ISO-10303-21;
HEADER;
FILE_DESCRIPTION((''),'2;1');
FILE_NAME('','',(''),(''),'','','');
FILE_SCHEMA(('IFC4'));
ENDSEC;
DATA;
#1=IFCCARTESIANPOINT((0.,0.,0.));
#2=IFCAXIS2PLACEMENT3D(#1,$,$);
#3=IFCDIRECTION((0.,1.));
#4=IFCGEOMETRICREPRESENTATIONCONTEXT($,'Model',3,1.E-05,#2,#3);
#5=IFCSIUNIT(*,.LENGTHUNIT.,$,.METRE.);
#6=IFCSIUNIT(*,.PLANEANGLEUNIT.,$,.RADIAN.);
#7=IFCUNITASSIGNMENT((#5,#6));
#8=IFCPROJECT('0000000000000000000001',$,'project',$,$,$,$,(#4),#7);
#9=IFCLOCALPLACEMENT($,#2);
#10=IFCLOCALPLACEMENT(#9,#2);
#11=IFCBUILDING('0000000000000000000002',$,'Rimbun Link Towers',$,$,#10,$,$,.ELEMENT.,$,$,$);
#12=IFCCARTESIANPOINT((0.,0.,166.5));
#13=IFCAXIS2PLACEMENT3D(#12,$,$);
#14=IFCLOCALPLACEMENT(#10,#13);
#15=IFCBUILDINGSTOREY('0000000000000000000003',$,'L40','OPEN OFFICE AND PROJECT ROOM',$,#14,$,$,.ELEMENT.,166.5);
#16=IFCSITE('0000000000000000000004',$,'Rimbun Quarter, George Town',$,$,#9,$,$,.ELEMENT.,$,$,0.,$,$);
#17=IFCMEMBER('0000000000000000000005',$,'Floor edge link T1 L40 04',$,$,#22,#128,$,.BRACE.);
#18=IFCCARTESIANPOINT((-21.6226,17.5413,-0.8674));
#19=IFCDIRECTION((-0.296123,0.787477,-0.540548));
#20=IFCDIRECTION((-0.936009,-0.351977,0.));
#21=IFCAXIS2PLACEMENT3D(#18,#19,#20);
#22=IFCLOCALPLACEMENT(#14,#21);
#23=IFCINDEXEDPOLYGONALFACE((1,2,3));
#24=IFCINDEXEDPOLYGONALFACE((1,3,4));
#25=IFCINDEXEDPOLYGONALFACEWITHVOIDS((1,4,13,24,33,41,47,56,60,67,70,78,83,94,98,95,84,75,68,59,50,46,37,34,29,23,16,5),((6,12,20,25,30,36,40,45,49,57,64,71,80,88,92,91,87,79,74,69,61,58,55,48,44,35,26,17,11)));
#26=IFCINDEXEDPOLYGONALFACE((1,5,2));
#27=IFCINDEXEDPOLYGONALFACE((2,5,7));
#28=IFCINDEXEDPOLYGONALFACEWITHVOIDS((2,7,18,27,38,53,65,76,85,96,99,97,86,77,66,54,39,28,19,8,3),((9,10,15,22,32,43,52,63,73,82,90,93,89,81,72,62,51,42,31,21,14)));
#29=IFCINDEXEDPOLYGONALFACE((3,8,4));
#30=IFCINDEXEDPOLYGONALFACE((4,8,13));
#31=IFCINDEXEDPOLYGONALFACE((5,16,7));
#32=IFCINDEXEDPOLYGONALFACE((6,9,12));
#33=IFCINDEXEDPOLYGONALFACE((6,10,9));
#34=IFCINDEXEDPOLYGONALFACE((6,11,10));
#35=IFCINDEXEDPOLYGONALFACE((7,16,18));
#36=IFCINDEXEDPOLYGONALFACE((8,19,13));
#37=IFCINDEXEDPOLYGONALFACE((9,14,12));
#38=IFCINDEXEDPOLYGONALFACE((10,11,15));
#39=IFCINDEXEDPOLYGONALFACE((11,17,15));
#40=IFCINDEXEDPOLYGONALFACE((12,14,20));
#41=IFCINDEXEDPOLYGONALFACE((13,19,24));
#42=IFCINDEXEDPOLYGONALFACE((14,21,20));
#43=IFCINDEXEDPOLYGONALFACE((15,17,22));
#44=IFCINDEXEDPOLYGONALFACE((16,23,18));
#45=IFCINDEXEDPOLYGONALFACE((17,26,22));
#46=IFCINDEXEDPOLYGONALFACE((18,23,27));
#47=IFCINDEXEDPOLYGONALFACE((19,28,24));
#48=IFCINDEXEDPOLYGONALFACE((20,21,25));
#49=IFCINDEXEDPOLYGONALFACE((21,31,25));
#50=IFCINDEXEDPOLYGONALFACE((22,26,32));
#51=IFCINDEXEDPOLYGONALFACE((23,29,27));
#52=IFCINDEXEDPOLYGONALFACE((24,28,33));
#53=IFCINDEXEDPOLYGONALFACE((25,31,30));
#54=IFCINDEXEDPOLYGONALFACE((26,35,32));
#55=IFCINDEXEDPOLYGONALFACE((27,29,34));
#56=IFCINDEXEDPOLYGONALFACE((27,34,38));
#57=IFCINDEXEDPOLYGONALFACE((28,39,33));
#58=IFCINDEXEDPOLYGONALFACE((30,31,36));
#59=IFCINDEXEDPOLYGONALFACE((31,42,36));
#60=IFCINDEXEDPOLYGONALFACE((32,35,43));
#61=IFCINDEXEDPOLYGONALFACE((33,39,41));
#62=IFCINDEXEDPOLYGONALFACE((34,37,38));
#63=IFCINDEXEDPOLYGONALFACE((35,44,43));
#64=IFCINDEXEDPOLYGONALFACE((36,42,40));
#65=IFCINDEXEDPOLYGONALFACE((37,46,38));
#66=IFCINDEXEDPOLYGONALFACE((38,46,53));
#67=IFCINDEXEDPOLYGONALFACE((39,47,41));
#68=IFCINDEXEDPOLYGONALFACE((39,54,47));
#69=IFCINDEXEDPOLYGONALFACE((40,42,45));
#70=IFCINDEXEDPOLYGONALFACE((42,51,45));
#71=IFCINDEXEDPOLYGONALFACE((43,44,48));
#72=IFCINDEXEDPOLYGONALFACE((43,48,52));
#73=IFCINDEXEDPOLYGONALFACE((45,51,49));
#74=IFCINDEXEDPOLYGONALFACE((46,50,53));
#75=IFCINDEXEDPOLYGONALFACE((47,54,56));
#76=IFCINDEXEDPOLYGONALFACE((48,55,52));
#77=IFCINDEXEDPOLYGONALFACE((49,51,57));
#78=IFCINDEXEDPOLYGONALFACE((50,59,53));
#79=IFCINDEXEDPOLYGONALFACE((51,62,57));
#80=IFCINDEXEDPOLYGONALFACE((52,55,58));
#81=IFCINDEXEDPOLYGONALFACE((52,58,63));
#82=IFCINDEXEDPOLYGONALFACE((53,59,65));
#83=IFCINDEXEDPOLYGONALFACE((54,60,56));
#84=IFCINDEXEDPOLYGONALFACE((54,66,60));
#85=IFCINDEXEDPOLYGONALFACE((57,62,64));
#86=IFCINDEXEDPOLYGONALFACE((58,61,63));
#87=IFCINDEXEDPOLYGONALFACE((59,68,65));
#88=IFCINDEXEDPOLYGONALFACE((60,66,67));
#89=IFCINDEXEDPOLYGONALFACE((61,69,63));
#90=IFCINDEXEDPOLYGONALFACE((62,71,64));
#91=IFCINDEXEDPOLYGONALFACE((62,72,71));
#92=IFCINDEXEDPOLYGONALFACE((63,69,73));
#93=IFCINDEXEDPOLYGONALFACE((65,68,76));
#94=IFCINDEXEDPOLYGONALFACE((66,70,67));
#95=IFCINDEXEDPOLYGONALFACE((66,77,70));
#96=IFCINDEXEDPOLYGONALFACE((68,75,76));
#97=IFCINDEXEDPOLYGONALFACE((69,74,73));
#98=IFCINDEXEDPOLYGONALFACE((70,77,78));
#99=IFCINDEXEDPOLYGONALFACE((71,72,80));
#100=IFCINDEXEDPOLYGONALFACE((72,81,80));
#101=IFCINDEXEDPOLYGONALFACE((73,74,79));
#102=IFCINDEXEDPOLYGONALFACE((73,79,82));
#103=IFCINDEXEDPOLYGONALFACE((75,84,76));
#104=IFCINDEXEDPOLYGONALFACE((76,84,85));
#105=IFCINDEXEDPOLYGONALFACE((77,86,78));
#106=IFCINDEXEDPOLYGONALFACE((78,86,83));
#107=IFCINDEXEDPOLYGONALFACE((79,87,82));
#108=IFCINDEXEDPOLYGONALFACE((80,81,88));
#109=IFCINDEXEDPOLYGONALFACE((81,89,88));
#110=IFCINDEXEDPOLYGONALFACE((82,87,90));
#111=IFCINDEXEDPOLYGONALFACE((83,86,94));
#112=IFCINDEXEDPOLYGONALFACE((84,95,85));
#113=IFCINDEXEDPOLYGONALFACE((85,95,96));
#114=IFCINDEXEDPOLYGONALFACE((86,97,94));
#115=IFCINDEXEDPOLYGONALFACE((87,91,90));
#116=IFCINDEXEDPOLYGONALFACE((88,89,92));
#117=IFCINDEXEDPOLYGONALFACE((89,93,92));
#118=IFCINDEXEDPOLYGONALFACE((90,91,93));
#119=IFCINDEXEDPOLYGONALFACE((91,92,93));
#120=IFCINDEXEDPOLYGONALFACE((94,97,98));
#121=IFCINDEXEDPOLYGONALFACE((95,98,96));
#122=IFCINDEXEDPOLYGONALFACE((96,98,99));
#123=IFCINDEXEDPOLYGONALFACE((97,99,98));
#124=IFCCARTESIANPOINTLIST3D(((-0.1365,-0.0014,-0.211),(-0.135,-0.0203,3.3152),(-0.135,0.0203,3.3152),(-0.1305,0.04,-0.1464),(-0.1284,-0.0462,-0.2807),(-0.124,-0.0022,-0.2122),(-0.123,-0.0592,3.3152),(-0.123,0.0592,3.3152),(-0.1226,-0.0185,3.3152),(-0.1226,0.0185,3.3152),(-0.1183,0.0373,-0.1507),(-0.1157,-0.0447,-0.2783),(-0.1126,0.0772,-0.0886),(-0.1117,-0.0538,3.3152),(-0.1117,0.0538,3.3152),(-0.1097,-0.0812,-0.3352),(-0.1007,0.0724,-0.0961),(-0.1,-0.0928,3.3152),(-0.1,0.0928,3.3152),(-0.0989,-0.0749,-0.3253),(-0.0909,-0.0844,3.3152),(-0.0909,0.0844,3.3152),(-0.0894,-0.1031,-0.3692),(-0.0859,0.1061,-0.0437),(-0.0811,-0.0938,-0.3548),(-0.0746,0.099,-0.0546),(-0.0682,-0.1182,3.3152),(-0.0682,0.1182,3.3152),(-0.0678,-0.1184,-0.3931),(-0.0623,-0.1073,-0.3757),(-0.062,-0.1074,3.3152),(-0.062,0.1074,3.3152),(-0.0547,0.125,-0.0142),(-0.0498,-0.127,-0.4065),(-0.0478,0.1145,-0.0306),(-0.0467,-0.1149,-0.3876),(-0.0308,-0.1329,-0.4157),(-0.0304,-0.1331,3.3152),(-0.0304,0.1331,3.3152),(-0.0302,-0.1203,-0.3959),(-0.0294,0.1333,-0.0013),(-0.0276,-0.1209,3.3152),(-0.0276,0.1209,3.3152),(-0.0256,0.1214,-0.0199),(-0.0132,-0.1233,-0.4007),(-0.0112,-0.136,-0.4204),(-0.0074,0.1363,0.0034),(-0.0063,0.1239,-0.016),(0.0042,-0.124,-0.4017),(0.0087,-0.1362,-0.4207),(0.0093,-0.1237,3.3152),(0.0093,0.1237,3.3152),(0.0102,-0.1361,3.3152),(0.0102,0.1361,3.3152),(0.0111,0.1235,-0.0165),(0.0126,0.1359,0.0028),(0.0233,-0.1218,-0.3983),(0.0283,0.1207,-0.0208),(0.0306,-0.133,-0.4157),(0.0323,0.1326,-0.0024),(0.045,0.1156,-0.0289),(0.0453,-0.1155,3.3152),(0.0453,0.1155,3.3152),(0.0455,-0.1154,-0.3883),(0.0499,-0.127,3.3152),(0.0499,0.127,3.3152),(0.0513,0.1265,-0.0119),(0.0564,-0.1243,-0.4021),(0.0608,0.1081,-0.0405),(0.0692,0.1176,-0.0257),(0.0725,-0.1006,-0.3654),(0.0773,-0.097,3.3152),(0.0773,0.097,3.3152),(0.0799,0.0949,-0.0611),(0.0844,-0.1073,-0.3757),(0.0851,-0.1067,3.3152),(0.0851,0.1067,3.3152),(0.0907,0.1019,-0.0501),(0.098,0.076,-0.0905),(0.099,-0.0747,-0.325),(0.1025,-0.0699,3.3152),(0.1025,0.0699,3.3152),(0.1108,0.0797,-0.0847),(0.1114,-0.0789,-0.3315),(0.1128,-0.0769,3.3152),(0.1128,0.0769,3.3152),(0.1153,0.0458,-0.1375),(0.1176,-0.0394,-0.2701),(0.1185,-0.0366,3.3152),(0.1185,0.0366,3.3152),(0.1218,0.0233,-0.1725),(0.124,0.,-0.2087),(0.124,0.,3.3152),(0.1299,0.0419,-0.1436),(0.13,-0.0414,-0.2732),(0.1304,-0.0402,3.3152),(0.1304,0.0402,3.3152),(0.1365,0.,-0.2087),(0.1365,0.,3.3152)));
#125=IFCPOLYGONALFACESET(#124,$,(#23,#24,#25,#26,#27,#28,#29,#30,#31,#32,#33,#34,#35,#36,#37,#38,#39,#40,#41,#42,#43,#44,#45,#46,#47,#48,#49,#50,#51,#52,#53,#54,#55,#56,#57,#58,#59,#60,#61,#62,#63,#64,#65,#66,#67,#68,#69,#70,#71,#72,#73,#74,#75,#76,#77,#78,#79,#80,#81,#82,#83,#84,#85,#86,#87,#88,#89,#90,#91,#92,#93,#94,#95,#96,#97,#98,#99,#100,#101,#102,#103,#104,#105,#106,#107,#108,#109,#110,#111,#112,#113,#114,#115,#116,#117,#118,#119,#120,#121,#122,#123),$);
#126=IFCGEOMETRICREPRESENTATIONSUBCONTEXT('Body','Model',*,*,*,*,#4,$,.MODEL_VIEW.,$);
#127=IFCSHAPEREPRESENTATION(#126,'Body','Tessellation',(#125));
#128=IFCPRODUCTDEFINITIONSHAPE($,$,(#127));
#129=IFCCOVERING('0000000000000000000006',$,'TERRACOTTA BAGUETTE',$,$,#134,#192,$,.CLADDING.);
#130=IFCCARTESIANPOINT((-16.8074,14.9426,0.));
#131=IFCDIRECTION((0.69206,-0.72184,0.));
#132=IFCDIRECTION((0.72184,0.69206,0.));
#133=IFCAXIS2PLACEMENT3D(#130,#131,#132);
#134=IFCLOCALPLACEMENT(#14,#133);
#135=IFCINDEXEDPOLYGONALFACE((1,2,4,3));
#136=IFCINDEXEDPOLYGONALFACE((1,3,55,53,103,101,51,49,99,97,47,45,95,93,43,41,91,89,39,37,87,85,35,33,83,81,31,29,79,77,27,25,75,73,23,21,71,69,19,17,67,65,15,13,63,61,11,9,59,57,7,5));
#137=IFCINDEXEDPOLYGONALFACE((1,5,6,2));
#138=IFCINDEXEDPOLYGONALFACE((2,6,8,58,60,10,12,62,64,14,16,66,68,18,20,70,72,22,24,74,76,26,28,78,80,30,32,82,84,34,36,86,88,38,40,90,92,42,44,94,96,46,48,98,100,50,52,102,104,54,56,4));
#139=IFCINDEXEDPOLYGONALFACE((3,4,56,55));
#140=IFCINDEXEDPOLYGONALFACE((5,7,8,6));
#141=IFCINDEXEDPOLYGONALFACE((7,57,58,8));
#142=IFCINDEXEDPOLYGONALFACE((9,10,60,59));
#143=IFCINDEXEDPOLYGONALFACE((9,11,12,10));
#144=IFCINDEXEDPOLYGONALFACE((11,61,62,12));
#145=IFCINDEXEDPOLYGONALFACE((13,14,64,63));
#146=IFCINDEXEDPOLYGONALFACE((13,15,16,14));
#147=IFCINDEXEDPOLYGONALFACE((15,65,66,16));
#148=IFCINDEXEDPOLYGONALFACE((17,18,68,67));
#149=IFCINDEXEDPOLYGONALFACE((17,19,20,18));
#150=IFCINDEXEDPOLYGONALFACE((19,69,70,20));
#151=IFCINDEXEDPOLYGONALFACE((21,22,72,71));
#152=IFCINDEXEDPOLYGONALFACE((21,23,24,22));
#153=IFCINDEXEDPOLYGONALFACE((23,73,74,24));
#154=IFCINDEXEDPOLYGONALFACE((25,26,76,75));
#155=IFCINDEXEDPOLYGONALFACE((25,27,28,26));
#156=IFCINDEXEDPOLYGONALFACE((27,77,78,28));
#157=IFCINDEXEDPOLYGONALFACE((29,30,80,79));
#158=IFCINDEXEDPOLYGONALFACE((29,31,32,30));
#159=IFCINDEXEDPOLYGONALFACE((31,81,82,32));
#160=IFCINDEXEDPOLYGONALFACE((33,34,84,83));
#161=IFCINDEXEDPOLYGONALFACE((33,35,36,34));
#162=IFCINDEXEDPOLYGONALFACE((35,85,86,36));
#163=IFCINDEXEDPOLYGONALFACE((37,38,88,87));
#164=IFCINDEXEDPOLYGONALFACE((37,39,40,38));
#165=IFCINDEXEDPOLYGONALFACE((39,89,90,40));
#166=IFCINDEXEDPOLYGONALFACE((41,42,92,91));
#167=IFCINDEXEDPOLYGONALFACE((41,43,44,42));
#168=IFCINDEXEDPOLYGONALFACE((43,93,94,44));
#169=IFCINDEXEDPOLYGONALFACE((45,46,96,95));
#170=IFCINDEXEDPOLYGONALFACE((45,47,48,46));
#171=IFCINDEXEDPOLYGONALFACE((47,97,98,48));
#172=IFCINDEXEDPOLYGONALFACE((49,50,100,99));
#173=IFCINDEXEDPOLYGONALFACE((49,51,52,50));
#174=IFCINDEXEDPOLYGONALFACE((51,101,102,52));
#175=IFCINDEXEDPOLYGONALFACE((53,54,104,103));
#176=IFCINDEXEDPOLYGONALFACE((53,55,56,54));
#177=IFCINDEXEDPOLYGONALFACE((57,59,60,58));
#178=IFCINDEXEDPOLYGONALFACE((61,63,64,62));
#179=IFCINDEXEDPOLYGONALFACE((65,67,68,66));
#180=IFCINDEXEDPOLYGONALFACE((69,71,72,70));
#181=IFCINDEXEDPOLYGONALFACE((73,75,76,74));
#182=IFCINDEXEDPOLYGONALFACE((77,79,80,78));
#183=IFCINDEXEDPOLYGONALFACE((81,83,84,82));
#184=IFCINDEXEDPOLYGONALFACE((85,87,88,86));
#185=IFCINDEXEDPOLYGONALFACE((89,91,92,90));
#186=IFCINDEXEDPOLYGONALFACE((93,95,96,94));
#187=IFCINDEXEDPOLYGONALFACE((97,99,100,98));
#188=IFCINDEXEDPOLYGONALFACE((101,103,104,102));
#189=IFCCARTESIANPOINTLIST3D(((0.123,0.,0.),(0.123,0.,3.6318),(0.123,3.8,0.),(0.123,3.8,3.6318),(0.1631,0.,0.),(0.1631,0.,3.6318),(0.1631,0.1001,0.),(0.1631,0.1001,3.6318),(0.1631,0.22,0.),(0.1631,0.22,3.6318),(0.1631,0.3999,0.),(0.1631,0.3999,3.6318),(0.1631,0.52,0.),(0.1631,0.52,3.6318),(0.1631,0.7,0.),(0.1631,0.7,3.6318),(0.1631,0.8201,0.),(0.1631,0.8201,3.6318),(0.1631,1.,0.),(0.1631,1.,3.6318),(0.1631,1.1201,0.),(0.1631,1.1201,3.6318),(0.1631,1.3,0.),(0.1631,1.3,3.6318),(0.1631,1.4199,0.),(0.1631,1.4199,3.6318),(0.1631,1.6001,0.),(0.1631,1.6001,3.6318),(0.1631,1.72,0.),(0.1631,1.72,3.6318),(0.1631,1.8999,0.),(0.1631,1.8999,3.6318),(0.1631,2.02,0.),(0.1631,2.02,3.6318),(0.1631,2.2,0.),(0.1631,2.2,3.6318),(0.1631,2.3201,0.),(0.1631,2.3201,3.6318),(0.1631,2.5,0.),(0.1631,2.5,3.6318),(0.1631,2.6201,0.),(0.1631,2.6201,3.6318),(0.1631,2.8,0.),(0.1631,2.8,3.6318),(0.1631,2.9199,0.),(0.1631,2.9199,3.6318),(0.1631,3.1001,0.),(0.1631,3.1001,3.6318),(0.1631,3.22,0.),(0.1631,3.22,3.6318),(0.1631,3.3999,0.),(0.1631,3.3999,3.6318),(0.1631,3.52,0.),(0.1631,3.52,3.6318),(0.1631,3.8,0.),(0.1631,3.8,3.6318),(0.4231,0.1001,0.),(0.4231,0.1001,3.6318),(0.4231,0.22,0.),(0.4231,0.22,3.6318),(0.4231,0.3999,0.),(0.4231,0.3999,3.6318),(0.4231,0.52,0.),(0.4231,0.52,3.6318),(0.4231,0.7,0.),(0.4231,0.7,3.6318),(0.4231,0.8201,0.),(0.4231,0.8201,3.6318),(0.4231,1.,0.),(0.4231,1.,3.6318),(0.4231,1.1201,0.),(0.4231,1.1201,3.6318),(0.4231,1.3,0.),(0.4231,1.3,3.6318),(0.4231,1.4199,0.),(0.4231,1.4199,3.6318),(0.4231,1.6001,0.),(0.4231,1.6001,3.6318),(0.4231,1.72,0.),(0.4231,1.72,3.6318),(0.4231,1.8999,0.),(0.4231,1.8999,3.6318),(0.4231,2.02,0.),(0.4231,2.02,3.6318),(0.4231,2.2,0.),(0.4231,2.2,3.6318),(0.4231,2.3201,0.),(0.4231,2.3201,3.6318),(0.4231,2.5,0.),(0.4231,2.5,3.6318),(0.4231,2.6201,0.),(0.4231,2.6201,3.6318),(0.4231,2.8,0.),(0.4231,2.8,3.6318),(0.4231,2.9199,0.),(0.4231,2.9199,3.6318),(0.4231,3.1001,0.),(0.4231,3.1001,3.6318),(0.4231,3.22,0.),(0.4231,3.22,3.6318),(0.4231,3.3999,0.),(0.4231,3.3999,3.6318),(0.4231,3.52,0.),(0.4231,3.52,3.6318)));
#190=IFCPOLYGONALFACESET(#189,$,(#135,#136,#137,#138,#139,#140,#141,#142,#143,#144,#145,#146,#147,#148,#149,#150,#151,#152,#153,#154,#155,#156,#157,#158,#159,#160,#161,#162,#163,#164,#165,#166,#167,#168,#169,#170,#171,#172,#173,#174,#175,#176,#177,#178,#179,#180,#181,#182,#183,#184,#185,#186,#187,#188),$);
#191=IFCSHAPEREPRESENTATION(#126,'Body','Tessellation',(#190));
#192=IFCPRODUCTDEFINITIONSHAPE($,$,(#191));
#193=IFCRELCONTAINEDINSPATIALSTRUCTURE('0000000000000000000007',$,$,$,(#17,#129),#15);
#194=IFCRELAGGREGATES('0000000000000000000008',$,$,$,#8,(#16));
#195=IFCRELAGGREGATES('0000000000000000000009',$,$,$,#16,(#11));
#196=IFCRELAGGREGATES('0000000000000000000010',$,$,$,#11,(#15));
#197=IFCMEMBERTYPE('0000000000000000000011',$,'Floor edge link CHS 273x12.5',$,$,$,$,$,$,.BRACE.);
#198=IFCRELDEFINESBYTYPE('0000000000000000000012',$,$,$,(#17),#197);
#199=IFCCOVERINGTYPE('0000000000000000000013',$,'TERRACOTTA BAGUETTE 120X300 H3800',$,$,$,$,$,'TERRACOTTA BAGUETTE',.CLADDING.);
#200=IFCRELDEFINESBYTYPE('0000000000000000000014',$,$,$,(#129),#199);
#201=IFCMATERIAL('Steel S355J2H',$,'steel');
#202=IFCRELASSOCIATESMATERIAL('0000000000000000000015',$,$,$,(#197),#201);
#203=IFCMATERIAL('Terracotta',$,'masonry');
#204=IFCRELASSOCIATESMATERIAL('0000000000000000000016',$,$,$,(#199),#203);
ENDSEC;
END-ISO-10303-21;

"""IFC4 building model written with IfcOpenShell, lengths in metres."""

from ifc_helpers import new_model, si_unit, direction, frame, origin, origin_2d, place, context, subcontext, project, spatial, polyline, hollow_circle, outline, extrude, clip, halfspace, material, material_profile, profile_set, type_object, element, save


model = new_model("IFC4")

# Units and contexts
model_context = context("Model", 3, precision=1e-05, world=origin(), true_north=direction((0.0, 1.0)))
body_context = subcontext(model_context, "Body", "Model", "MODEL_VIEW")
ifc_project = project(units=[si_unit("LENGTHUNIT", "METRE"), si_unit("PLANEANGLEUNIT", "RADIAN")], contexts=[model_context])

# Site, building, storey
site_placement = place(None, origin())
site = spatial("IfcSite", under=ifc_project, at=site_placement, Name="Rimbun Quarter, George Town", CompositionType="ELEMENT", RefElevation=0.0)
building_placement = place(site_placement, origin())
building = spatial("IfcBuilding", under=site, at=building_placement, Name="Rimbun Link Towers", CompositionType="ELEMENT")
storey_placement = place(building_placement, frame((0.0, 0.0, 166.5)))
storey = spatial("IfcBuildingStorey", under=building, at=storey_placement, Name="L40", Description="OPEN OFFICE AND PROJECT ROOM", CompositionType="ELEMENT", Elevation=166.5)

# Member
ifc_material_1 = material(Name="Steel S355J2H", Category="steel")
ifc_material_profile_1 = material_profile(ifc_material_1, hollow_circle(Radius=0.1365, WallThickness=0.0125, at=origin_2d()), Name="CHS 273x12.5")
ifc_profile_set_1 = profile_set([ifc_material_profile_1], Name="Steel S355J2H")
member_type_1 = type_object("IfcMemberType", Name="Floor edge link CHS 273x12.5", PredefinedType="BRACE", material=ifc_profile_set_1)
member_1_placement = place(storey_placement, frame((-21.6226, 17.5413, -0.8674), z_axis=(-0.296123, 0.787477, -0.540548), x_axis=(-0.936009, -0.351977, 0.0)))
element("IfcMember", 1, at=member_1_placement, inside=storey, type_object=member_type_1, Name="Floor edge link T1 L40 04", PredefinedType="BRACE", context=body_context, shape_type="Clipping", body=[
    clip(extrude(hollow_circle(Radius=0.1365, WallThickness=0.0125, at=origin_2d()), frame((0.0, 0.0, -0.4434)), (0.0, 0.0, 1.0), 3.7585), halfspace(frame((0.0, 0.0, -0.2087), z_axis=(0.0, 0.841313, -0.540548)), False)),
])

# Covering
ifc_material_2 = material(Name="Terracotta", Category="masonry")
ifc_material_profile_2 = material_profile(ifc_material_2, outline(polyline([(0.123, 0.0), (0.1631, 0.0), (0.1631, 0.1001), (0.4231, 0.1001), (0.4231, 0.22), (0.1631, 0.22), (0.1631, 0.3999), (0.4231, 0.3999), (0.4231, 0.52), (0.1631, 0.52), (0.1631, 0.7), (0.4231, 0.7), (0.4231, 0.8201), (0.1631, 0.8201), (0.1631, 1.0), (0.4231, 1.0), (0.4231, 1.1201), (0.1631, 1.1201), (0.1631, 1.3), (0.4231, 1.3), (0.4231, 1.4199), (0.1631, 1.4199), (0.1631, 1.6001), (0.4231, 1.6001), (0.4231, 1.72), (0.1631, 1.72), (0.1631, 1.8999), (0.4231, 1.8999), (0.4231, 2.02), (0.1631, 2.02), (0.1631, 2.2), (0.4231, 2.2), (0.4231, 2.3201), (0.1631, 2.3201), (0.1631, 2.5), (0.4231, 2.5), (0.4231, 2.6201), (0.1631, 2.6201), (0.1631, 2.8), (0.4231, 2.8), (0.4231, 2.9199), (0.1631, 2.9199), (0.1631, 3.1001), (0.4231, 3.1001), (0.4231, 3.22), (0.1631, 3.22), (0.1631, 3.3999), (0.4231, 3.3999), (0.4231, 3.52), (0.1631, 3.52), (0.1631, 3.8), (0.123, 3.8), (0.123, 0.0)])), Name="BAGUETTE 120X300")
ifc_profile_set_2 = profile_set([ifc_material_profile_2], Name="Terracotta")
covering_type = type_object("IfcCoveringType", Name="TERRACOTTA BAGUETTE 120X300 H3800", ElementType="TERRACOTTA BAGUETTE", PredefinedType="CLADDING", material=ifc_profile_set_2)
covering_1_placement = place(storey_placement, frame((-16.8074, 14.9426, 0.0), z_axis=(0.69206, -0.72184, 0.0), x_axis=(0.72184, 0.69206, 0.0)))
element("IfcCovering", 2, at=covering_1_placement, inside=storey, type_object=covering_type, Name="TERRACOTTA BAGUETTE", PredefinedType="CLADDING", context=body_context, shape_type="SweptSolid", body=[
    extrude(outline(polyline([(0.123, 0.0), (0.1631, 0.0), (0.1631, 0.1001), (0.4231, 0.1001), (0.4231, 0.22), (0.1631, 0.22), (0.1631, 0.3999), (0.4231, 0.3999), (0.4231, 0.52), (0.1631, 0.52), (0.1631, 0.7), (0.4231, 0.7), (0.4231, 0.8201), (0.1631, 0.8201), (0.1631, 1.0), (0.4231, 1.0), (0.4231, 1.1201), (0.1631, 1.1201), (0.1631, 1.3), (0.4231, 1.3), (0.4231, 1.4199), (0.1631, 1.4199), (0.1631, 1.6001), (0.4231, 1.6001), (0.4231, 1.72), (0.1631, 1.72), (0.1631, 1.8999), (0.4231, 1.8999), (0.4231, 2.02), (0.1631, 2.02), (0.1631, 2.2), (0.4231, 2.2), (0.4231, 2.3201), (0.1631, 2.3201), (0.1631, 2.5), (0.4231, 2.5), (0.4231, 2.6201), (0.1631, 2.6201), (0.1631, 2.8), (0.4231, 2.8), (0.4231, 2.9199), (0.1631, 2.9199), (0.1631, 3.1001), (0.4231, 3.1001), (0.4231, 3.22), (0.1631, 3.22), (0.1631, 3.3999), (0.4231, 3.3999), (0.4231, 3.52), (0.1631, 3.52), (0.1631, 3.8), (0.123, 3.8), (0.123, 0.0)])), origin(), (0.0, 0.0, 1.0), 3.6318),
])

save(model, "model.ifc")
